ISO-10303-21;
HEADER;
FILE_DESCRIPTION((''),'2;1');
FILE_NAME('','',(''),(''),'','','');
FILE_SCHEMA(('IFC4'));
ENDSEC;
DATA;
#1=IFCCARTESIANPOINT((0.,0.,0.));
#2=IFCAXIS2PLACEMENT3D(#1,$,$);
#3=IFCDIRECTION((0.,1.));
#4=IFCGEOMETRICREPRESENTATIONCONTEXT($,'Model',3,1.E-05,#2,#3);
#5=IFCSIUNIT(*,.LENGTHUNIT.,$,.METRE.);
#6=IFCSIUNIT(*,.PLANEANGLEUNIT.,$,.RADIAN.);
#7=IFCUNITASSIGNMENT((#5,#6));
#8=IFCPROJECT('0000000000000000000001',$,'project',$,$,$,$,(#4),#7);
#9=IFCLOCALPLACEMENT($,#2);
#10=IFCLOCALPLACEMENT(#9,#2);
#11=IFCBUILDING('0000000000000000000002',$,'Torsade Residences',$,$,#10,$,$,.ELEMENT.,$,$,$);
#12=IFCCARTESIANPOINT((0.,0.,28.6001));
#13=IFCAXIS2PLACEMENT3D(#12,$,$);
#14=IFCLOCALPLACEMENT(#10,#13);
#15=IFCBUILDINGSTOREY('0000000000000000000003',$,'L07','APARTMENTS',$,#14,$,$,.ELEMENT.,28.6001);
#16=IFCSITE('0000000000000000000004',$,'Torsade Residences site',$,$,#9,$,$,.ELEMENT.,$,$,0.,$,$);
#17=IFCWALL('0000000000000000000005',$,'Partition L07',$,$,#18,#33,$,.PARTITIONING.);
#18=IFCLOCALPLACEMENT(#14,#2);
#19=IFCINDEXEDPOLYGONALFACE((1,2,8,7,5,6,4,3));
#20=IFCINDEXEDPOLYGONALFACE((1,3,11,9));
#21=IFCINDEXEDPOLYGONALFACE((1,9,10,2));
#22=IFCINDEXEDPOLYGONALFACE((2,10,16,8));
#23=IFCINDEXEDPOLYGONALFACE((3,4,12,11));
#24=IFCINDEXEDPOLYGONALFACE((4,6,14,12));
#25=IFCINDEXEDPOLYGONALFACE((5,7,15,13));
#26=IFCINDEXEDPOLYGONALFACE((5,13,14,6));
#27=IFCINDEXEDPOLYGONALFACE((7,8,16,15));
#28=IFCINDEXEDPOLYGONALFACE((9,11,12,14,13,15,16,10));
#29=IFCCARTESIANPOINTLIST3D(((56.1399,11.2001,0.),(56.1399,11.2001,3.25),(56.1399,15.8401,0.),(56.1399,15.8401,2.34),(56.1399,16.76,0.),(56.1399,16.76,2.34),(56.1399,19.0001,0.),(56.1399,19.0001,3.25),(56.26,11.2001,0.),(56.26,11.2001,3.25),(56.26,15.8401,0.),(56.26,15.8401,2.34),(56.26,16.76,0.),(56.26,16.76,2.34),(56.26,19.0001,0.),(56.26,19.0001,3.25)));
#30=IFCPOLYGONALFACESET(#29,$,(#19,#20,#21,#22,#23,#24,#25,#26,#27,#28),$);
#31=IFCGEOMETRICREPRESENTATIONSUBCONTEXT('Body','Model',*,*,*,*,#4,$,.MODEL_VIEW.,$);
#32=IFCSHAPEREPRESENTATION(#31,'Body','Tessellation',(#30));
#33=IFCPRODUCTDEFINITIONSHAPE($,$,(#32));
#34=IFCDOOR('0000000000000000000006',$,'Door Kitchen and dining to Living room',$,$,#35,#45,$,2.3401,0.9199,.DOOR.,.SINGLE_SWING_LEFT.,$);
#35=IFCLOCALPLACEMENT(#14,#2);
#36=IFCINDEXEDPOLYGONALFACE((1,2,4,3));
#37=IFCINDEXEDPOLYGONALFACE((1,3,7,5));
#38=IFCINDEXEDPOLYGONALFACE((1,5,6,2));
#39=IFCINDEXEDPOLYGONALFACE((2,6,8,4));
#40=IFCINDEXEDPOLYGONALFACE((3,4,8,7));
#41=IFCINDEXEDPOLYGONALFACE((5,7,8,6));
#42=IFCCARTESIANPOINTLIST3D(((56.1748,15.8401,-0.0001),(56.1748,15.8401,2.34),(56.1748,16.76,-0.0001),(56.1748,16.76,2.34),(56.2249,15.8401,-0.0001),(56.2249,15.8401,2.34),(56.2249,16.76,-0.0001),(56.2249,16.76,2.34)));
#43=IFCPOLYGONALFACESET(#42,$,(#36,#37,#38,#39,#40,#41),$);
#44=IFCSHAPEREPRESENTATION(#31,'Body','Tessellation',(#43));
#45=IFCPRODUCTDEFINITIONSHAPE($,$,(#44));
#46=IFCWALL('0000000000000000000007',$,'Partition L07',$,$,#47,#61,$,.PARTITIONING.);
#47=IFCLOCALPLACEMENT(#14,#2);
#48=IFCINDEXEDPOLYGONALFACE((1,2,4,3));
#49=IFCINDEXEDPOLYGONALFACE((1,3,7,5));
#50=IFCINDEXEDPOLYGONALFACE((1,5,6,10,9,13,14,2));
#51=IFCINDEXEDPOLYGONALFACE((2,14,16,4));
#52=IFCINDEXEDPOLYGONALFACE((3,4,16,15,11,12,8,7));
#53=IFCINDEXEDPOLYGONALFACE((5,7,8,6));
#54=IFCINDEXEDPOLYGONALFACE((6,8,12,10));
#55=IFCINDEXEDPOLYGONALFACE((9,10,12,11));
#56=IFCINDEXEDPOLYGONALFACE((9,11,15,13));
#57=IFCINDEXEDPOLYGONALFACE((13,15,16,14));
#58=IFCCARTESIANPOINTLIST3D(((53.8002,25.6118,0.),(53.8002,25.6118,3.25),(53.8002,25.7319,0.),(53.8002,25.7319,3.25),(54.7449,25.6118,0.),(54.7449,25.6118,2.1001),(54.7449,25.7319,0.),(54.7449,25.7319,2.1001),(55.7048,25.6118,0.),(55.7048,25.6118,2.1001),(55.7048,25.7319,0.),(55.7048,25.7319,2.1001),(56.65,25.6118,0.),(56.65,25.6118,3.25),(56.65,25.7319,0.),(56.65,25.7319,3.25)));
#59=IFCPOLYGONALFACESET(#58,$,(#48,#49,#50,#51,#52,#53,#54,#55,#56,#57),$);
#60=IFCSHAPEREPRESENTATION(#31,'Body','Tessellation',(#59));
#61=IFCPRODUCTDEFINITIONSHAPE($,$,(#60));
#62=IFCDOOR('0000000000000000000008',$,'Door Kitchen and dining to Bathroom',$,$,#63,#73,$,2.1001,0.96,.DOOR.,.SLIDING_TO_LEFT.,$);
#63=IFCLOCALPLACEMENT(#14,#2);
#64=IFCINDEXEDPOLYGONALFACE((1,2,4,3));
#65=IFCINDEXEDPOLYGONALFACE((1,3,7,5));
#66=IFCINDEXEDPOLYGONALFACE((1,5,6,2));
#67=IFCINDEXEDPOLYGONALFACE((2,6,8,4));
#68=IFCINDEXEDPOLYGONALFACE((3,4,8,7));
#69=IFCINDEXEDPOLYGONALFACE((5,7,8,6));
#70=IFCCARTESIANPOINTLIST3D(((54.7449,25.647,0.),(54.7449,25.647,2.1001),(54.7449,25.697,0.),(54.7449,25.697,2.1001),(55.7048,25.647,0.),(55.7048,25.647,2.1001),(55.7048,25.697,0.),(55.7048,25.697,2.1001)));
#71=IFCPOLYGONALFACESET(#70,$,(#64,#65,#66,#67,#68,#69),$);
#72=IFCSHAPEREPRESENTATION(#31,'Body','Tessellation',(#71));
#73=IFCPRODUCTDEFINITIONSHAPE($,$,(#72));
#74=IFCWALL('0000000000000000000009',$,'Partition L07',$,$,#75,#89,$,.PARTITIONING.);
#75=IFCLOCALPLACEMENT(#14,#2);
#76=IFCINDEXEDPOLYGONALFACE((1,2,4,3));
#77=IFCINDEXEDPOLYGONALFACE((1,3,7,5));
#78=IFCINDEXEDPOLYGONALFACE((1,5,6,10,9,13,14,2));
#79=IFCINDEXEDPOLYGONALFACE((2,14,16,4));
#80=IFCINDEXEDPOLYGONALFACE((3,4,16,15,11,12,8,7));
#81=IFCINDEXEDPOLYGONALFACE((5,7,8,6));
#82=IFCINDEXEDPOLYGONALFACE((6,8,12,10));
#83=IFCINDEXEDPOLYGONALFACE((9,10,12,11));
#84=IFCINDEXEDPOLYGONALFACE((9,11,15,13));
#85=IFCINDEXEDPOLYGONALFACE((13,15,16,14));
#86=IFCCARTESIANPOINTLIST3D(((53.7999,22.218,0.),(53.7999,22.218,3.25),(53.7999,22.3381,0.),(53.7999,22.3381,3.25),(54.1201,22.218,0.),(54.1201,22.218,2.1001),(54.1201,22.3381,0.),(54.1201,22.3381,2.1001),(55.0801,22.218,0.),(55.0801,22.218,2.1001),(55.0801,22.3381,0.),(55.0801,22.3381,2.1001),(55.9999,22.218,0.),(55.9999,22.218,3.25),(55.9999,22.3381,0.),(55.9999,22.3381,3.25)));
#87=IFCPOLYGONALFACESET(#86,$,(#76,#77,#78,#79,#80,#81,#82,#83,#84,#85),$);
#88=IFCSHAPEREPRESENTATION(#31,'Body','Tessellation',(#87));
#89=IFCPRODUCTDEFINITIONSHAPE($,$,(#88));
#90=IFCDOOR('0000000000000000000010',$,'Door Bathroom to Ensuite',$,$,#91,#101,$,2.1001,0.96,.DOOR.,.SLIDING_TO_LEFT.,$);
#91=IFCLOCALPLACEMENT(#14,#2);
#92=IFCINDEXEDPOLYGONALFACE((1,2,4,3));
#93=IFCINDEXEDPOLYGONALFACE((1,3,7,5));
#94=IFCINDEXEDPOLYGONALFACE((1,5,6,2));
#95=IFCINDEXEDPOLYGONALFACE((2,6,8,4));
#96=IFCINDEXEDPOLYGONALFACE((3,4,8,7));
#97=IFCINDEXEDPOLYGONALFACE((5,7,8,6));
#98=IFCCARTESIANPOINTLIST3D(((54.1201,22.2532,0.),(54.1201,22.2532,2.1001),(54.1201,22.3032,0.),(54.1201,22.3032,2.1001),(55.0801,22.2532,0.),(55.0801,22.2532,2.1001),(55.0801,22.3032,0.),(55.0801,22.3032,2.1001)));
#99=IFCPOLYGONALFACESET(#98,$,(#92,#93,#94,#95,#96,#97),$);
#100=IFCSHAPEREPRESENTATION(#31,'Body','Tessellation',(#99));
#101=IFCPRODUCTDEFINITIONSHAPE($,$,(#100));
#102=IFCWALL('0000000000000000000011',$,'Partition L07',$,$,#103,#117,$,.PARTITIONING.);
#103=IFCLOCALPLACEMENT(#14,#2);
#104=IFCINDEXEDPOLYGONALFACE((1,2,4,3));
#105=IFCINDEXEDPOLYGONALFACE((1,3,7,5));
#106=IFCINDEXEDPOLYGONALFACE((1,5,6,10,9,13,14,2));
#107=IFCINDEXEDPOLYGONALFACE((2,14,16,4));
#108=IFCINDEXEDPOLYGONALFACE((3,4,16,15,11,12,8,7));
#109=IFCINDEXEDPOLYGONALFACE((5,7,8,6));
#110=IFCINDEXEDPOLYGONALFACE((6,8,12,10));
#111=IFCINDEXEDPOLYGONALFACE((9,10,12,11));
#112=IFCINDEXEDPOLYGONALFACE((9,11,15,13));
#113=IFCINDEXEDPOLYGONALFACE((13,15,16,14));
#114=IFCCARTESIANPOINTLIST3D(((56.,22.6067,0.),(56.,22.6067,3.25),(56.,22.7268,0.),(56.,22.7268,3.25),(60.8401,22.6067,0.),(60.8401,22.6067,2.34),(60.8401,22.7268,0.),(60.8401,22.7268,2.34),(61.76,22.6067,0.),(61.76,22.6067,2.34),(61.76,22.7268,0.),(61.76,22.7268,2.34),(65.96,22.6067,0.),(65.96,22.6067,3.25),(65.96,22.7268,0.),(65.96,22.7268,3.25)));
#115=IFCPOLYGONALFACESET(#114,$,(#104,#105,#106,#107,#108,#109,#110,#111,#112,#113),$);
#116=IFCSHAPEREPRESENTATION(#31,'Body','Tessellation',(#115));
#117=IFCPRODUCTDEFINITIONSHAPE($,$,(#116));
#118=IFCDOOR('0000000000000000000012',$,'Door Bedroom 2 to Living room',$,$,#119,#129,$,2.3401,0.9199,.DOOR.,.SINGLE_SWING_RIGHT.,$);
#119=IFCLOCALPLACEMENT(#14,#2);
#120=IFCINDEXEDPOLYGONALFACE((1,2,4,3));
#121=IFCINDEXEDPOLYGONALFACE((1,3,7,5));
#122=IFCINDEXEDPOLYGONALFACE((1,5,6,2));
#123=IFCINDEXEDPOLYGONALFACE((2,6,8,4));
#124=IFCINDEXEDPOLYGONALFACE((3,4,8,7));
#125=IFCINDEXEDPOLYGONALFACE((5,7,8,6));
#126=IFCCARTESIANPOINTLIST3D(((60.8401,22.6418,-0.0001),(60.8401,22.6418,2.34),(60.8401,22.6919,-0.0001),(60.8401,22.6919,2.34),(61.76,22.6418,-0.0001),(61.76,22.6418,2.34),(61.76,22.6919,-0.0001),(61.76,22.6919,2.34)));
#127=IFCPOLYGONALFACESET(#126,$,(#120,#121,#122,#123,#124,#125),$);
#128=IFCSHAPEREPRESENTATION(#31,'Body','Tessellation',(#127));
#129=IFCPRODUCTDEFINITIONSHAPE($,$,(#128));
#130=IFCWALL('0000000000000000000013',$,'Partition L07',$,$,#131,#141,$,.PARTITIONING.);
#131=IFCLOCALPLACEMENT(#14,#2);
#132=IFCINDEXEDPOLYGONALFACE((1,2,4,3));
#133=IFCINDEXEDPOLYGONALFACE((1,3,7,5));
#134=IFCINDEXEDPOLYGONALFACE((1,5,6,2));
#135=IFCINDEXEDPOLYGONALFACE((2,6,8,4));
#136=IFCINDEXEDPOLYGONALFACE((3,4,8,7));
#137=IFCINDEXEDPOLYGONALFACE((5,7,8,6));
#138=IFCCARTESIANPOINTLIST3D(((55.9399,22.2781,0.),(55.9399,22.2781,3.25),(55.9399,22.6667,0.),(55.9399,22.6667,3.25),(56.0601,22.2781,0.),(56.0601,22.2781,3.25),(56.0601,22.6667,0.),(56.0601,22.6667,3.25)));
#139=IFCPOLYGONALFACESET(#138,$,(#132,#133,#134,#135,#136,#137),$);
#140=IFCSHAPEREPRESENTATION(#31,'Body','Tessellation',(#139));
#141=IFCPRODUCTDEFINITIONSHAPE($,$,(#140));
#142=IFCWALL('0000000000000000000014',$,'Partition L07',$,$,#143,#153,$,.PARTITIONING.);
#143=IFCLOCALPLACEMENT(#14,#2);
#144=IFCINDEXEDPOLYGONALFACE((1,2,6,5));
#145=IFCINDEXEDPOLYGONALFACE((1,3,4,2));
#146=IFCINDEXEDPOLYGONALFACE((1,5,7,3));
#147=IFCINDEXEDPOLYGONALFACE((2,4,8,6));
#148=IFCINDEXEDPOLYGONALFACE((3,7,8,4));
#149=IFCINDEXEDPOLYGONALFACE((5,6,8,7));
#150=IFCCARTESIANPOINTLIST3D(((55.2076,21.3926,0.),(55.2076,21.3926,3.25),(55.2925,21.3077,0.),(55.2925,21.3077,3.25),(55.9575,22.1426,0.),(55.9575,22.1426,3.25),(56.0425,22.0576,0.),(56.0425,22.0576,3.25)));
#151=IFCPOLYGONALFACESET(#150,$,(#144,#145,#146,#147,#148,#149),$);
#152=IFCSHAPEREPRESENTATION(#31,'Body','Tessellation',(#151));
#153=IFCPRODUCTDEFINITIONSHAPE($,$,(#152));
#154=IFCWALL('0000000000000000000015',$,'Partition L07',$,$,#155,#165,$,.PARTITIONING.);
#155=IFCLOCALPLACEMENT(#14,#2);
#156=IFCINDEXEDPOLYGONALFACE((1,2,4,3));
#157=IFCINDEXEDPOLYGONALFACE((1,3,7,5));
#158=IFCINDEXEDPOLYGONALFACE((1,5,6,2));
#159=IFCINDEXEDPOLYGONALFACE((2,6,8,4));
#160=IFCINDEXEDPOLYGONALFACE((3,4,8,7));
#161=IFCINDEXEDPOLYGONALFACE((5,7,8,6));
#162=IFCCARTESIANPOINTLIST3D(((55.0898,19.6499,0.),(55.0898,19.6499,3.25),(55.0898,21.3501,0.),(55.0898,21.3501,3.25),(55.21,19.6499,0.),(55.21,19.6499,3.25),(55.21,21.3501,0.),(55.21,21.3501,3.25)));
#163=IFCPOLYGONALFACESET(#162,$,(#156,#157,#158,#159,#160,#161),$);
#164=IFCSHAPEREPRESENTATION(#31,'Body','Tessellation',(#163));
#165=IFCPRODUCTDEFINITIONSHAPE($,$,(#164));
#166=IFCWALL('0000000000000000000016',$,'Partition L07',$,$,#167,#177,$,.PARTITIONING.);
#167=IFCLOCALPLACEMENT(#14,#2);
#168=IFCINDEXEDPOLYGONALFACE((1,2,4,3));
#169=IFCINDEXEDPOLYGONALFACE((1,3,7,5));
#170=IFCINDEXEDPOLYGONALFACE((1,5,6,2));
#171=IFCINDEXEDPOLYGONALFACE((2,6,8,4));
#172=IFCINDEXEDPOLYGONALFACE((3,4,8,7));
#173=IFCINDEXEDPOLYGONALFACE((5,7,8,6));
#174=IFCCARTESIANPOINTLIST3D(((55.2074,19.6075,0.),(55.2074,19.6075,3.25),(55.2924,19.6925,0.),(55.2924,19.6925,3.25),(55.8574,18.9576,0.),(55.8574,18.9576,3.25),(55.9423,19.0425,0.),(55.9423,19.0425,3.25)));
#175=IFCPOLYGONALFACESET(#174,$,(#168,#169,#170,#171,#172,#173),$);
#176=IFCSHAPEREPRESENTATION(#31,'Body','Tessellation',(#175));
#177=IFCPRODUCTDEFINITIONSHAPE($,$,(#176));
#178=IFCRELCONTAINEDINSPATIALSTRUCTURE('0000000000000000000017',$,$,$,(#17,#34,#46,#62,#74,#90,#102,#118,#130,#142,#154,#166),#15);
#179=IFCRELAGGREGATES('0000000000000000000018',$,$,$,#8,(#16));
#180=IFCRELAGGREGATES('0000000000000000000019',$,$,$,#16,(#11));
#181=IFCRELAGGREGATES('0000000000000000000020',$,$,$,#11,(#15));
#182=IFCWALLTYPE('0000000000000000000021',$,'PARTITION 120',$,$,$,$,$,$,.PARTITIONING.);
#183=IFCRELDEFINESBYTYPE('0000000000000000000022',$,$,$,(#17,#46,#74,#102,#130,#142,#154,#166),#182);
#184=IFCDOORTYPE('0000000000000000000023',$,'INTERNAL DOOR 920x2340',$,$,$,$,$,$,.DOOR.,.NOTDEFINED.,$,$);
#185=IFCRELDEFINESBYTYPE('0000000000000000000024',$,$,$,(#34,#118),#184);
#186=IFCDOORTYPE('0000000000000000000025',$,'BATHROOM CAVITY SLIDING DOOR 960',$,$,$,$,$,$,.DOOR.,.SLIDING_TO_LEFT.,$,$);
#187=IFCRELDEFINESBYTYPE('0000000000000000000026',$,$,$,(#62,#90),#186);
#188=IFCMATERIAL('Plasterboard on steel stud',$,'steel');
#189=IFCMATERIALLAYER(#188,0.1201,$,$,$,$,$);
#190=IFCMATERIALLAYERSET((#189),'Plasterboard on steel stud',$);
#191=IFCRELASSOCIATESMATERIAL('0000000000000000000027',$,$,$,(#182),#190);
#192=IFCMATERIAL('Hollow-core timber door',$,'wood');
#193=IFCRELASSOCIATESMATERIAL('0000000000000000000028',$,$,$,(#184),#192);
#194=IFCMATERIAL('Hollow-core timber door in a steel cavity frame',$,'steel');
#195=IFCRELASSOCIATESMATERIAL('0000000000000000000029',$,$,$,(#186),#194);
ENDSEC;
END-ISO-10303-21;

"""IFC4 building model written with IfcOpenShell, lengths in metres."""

from ifc_helpers import new_model, si_unit, direction, frame, frame_2d, origin, place, context, subcontext, project, spatial, rectangle, extrude, material, layer, layer_set, type_object, element, fill, save


model = new_model("IFC4")

# Units and contexts
model_context = context("Model", 3, precision=1e-05, world=origin(), true_north=direction((0.0, 1.0)))
body_context = subcontext(model_context, "Body", "Model", "MODEL_VIEW")
ifc_project = project(units=[si_unit("LENGTHUNIT", "METRE"), si_unit("PLANEANGLEUNIT", "RADIAN")], contexts=[model_context])

# Site, building, storey
site_placement = place(None, origin())
site = spatial("IfcSite", under=ifc_project, at=site_placement, Name="Torsade Residences site", CompositionType="ELEMENT", RefElevation=0.0)
building_placement = place(site_placement, origin())
building = spatial("IfcBuilding", under=site, at=building_placement, Name="Torsade Residences", CompositionType="ELEMENT")
storey_placement = place(building_placement, frame((0.0, 0.0, 28.6001)))
storey = spatial("IfcBuildingStorey", under=building, at=storey_placement, Name="L07", Description="APARTMENTS", CompositionType="ELEMENT", Elevation=28.6001)

# Walls, openings, doors
ifc_material_1 = material(Name="Plasterboard on steel stud", Category="steel")
ifc_layer_1 = layer(ifc_material_1, 0.1201)
ifc_layer_set_1 = layer_set([ifc_layer_1], Name="Plasterboard on steel stud")
wall_type_1 = type_object("IfcWallType", Name="PARTITION 120", PredefinedType="PARTITIONING", material=ifc_layer_set_1)
wall_1_placement = place(storey_placement, frame((56.2, 19.0, 0.0), z_axis=(0.0, 0.0, 1.0), x_axis=(0.0, -1.0, 0.0)))
wall_1 = element("IfcWall", 1, at=wall_1_placement, inside=storey, type_object=wall_type_1, Name="Partition L07", PredefinedType="PARTITIONING", context=body_context, shape_type="SweptSolid", body=[
    extrude(rectangle(XDim=7.8, YDim=0.1201, at=frame_2d((3.8999, 0.0))), origin(), (0.0, 0.0, 1.0), 3.25),
])
opening_1_placement = place(wall_1_placement, frame((2.24, 0.0, 0.0)))
opening_1 = element("IfcOpeningElement", 2, at=opening_1_placement, cuts=wall_1, PredefinedType="OPENING", context=body_context, shape_type="SweptSolid", body=[
    extrude(rectangle(XDim=0.9199, YDim=2.3401, at=frame_2d((0.46, 1.1699))), frame((0.0, 0.0701, 0.0), z_axis=(0.0, -1.0, 0.0), x_axis=(1.0, 0.0, 0.0)), (0.0, 0.0, 1.0), 0.1401),
])
ifc_material_2 = material(Name="Hollow-core timber door", Category="wood")
door_type_1 = type_object("IfcDoorType", Name="INTERNAL DOOR 920x2340", OperationType="NOTDEFINED", PredefinedType="DOOR", material=ifc_material_2)
door_1_placement = place(opening_1_placement, origin())
door_1 = element("IfcDoor", 3, at=door_1_placement, inside=storey, type_object=door_type_1, Name="Door Kitchen and dining to Living room", OperationType="SINGLE_SWING_LEFT", OverallHeight=2.3401, OverallWidth=0.9199, PredefinedType="DOOR", context=body_context, shape_type="SweptSolid", body=[
    extrude(rectangle(XDim=0.9199, YDim=2.3401, at=frame_2d((0.46, 1.1699))), frame((0.0, 0.0249, 0.0), z_axis=(0.0, -1.0, 0.0), x_axis=(1.0, 0.0, 0.0)), (0.0, 0.0, 1.0), 0.05),
])
fill(opening_1, door_1)
wall_2_placement = place(storey_placement, frame((56.6499, 25.6719, 0.0), z_axis=(0.0, 0.0, 1.0), x_axis=(-1.0, 0.0, 0.0)))
wall_2 = element("IfcWall", 4, at=wall_2_placement, inside=storey, type_object=wall_type_1, Name="Partition L07", PredefinedType="PARTITIONING", context=body_context, shape_type="SweptSolid", body=[
    extrude(rectangle(XDim=2.8499, YDim=0.1201, at=frame_2d((1.4248, 0.0))), origin(), (0.0, 0.0, 1.0), 3.25),
])
opening_2_placement = place(wall_2_placement, frame((0.9451, 0.0, 0.0)))
opening_2 = element("IfcOpeningElement", 5, at=opening_2_placement, cuts=wall_2, PredefinedType="OPENING", context=body_context, shape_type="SweptSolid", body=[
    extrude(rectangle(XDim=0.96, YDim=2.1001, at=frame_2d((0.48, 1.05))), frame((0.0, 0.0701, 0.0), z_axis=(0.0, -1.0, 0.0), x_axis=(1.0, 0.0, 0.0)), (0.0, 0.0, 1.0), 0.1401),
])
ifc_material_3 = material(Name="Hollow-core timber door in a steel cavity frame", Category="steel")
door_type_2 = type_object("IfcDoorType", Name="BATHROOM CAVITY SLIDING DOOR 960", OperationType="SLIDING_TO_LEFT", PredefinedType="DOOR", material=ifc_material_3)
door_2_placement = place(opening_2_placement, origin())
door_2 = element("IfcDoor", 6, at=door_2_placement, inside=storey, type_object=door_type_2, Name="Door Kitchen and dining to Bathroom", OperationType="SLIDING_TO_LEFT", OverallHeight=2.1001, OverallWidth=0.96, PredefinedType="DOOR", context=body_context, shape_type="SweptSolid", body=[
    extrude(rectangle(XDim=0.96, YDim=2.1001, at=frame_2d((0.48, 1.05))), frame((0.0, 0.0249, 0.0), z_axis=(0.0, -1.0, 0.0), x_axis=(1.0, 0.0, 0.0)), (0.0, 0.0, 1.0), 0.05),
])
fill(opening_2, door_2)
wall_3_placement = place(storey_placement, frame((56.0, 22.2781, 0.0), z_axis=(0.0, 0.0, 1.0), x_axis=(-1.0, 0.0, 0.0)))
wall_3 = element("IfcWall", 7, at=wall_3_placement, inside=storey, type_object=wall_type_1, Name="Partition L07", PredefinedType="PARTITIONING", context=body_context, shape_type="SweptSolid", body=[
    extrude(rectangle(XDim=2.2, YDim=0.1201, at=frame_2d((1.1001, 0.0))), origin(), (0.0, 0.0, 1.0), 3.25),
])
opening_3_placement = place(wall_3_placement, frame((0.9199, 0.0, 0.0)))
opening_3 = element("IfcOpeningElement", 8, at=opening_3_placement, cuts=wall_3, PredefinedType="OPENING", context=body_context, shape_type="SweptSolid", body=[
    extrude(rectangle(XDim=0.96, YDim=2.1001, at=frame_2d((0.48, 1.05))), frame((0.0, 0.0701, 0.0), z_axis=(0.0, -1.0, 0.0), x_axis=(1.0, 0.0, 0.0)), (0.0, 0.0, 1.0), 0.1401),
])
door_3_placement = place(opening_3_placement, origin())
door_3 = element("IfcDoor", 9, at=door_3_placement, inside=storey, type_object=door_type_2, Name="Door Bathroom to Ensuite", OperationType="SLIDING_TO_LEFT", OverallHeight=2.1001, OverallWidth=0.96, PredefinedType="DOOR", context=body_context, shape_type="SweptSolid", body=[
    extrude(rectangle(XDim=0.96, YDim=2.1001, at=frame_2d((0.48, 1.05))), frame((0.0, 0.0249, 0.0), z_axis=(0.0, -1.0, 0.0), x_axis=(1.0, 0.0, 0.0)), (0.0, 0.0, 1.0), 0.05),
])
fill(opening_3, door_3)
wall_4_placement = place(storey_placement, frame((65.96, 22.6667, 0.0), z_axis=(0.0, 0.0, 1.0), x_axis=(-1.0, 0.0, 0.0)))
wall_4 = element("IfcWall", 10, at=wall_4_placement, inside=storey, type_object=wall_type_1, Name="Partition L07", PredefinedType="PARTITIONING", context=body_context, shape_type="SweptSolid", body=[
    extrude(rectangle(XDim=9.96, YDim=0.1201, at=frame_2d((4.98, 0.0))), origin(), (0.0, 0.0, 1.0), 3.25),
])
opening_4_placement = place(wall_4_placement, frame((4.2, 0.0, 0.0)))
opening_4 = element("IfcOpeningElement", 11, at=opening_4_placement, cuts=wall_4, PredefinedType="OPENING", context=body_context, shape_type="SweptSolid", body=[
    extrude(rectangle(XDim=0.9199, YDim=2.3401, at=frame_2d((0.46, 1.1699))), frame((0.0, 0.0701, 0.0), z_axis=(0.0, -1.0, 0.0), x_axis=(1.0, 0.0, 0.0)), (0.0, 0.0, 1.0), 0.1401),
])
door_4_placement = place(opening_4_placement, origin())
door_4 = element("IfcDoor", 12, at=door_4_placement, inside=storey, type_object=door_type_1, Name="Door Bedroom 2 to Living room", OperationType="SINGLE_SWING_RIGHT", OverallHeight=2.3401, OverallWidth=0.9199, PredefinedType="DOOR", context=body_context, shape_type="SweptSolid", body=[
    extrude(rectangle(XDim=0.9199, YDim=2.3401, at=frame_2d((0.46, 1.1699))), frame((0.0, 0.0249, 0.0), z_axis=(0.0, -1.0, 0.0), x_axis=(1.0, 0.0, 0.0)), (0.0, 0.0, 1.0), 0.05),
])
fill(opening_4, door_4)

# Walls
wall_5_placement = place(storey_placement, frame((56.0, 22.6667, 0.0), z_axis=(0.0, 0.0, 1.0), x_axis=(0.0, -1.0, 0.0)))
element("IfcWall", 13, at=wall_5_placement, inside=storey, type_object=wall_type_1, Name="Partition L07", PredefinedType="PARTITIONING", context=body_context, shape_type="SweptSolid", body=[
    extrude(rectangle(XDim=0.3887, YDim=0.1201, at=frame_2d((0.1943, 0.0))), origin(), (0.0, 0.0, 1.0), 3.25),
])
wall_6_placement = place(storey_placement, frame((56.0, 22.1001, 0.0), z_axis=(0.0, 0.0, 1.0), x_axis=(-0.707107, -0.707107, 0.0)))
element("IfcWall", 14, at=wall_6_placement, inside=storey, type_object=wall_type_1, Name="Partition L07", PredefinedType="PARTITIONING", context=body_context, shape_type="SweptSolid", body=[
    extrude(rectangle(XDim=1.0605, YDim=0.1201, at=frame_2d((0.5303, 0.0))), origin(), (0.0, 0.0, 1.0), 3.25),
])
wall_7_placement = place(storey_placement, frame((55.1499, 21.3501, 0.0), z_axis=(0.0, 0.0, 1.0), x_axis=(0.0, -1.0, 0.0)))
element("IfcWall", 15, at=wall_7_placement, inside=storey, type_object=wall_type_1, Name="Partition L07", PredefinedType="PARTITIONING", context=body_context, shape_type="SweptSolid", body=[
    extrude(rectangle(XDim=1.7002, YDim=0.1201, at=frame_2d((0.8501, 0.0))), origin(), (0.0, 0.0, 1.0), 3.25),
])
wall_8_placement = place(storey_placement, frame((55.25, 19.6499, 0.0), z_axis=(0.0, 0.0, 1.0), x_axis=(0.707107, -0.707107, 0.0)))
element("IfcWall", 16, at=wall_8_placement, inside=storey, type_object=wall_type_1, Name="Partition L07", PredefinedType="PARTITIONING", context=body_context, shape_type="SweptSolid", body=[
    extrude(rectangle(XDim=0.9192, YDim=0.1201, at=frame_2d((0.4595, 0.0))), origin(), (0.0, 0.0, 1.0), 3.25),
])

save(model, "model.ifc")
